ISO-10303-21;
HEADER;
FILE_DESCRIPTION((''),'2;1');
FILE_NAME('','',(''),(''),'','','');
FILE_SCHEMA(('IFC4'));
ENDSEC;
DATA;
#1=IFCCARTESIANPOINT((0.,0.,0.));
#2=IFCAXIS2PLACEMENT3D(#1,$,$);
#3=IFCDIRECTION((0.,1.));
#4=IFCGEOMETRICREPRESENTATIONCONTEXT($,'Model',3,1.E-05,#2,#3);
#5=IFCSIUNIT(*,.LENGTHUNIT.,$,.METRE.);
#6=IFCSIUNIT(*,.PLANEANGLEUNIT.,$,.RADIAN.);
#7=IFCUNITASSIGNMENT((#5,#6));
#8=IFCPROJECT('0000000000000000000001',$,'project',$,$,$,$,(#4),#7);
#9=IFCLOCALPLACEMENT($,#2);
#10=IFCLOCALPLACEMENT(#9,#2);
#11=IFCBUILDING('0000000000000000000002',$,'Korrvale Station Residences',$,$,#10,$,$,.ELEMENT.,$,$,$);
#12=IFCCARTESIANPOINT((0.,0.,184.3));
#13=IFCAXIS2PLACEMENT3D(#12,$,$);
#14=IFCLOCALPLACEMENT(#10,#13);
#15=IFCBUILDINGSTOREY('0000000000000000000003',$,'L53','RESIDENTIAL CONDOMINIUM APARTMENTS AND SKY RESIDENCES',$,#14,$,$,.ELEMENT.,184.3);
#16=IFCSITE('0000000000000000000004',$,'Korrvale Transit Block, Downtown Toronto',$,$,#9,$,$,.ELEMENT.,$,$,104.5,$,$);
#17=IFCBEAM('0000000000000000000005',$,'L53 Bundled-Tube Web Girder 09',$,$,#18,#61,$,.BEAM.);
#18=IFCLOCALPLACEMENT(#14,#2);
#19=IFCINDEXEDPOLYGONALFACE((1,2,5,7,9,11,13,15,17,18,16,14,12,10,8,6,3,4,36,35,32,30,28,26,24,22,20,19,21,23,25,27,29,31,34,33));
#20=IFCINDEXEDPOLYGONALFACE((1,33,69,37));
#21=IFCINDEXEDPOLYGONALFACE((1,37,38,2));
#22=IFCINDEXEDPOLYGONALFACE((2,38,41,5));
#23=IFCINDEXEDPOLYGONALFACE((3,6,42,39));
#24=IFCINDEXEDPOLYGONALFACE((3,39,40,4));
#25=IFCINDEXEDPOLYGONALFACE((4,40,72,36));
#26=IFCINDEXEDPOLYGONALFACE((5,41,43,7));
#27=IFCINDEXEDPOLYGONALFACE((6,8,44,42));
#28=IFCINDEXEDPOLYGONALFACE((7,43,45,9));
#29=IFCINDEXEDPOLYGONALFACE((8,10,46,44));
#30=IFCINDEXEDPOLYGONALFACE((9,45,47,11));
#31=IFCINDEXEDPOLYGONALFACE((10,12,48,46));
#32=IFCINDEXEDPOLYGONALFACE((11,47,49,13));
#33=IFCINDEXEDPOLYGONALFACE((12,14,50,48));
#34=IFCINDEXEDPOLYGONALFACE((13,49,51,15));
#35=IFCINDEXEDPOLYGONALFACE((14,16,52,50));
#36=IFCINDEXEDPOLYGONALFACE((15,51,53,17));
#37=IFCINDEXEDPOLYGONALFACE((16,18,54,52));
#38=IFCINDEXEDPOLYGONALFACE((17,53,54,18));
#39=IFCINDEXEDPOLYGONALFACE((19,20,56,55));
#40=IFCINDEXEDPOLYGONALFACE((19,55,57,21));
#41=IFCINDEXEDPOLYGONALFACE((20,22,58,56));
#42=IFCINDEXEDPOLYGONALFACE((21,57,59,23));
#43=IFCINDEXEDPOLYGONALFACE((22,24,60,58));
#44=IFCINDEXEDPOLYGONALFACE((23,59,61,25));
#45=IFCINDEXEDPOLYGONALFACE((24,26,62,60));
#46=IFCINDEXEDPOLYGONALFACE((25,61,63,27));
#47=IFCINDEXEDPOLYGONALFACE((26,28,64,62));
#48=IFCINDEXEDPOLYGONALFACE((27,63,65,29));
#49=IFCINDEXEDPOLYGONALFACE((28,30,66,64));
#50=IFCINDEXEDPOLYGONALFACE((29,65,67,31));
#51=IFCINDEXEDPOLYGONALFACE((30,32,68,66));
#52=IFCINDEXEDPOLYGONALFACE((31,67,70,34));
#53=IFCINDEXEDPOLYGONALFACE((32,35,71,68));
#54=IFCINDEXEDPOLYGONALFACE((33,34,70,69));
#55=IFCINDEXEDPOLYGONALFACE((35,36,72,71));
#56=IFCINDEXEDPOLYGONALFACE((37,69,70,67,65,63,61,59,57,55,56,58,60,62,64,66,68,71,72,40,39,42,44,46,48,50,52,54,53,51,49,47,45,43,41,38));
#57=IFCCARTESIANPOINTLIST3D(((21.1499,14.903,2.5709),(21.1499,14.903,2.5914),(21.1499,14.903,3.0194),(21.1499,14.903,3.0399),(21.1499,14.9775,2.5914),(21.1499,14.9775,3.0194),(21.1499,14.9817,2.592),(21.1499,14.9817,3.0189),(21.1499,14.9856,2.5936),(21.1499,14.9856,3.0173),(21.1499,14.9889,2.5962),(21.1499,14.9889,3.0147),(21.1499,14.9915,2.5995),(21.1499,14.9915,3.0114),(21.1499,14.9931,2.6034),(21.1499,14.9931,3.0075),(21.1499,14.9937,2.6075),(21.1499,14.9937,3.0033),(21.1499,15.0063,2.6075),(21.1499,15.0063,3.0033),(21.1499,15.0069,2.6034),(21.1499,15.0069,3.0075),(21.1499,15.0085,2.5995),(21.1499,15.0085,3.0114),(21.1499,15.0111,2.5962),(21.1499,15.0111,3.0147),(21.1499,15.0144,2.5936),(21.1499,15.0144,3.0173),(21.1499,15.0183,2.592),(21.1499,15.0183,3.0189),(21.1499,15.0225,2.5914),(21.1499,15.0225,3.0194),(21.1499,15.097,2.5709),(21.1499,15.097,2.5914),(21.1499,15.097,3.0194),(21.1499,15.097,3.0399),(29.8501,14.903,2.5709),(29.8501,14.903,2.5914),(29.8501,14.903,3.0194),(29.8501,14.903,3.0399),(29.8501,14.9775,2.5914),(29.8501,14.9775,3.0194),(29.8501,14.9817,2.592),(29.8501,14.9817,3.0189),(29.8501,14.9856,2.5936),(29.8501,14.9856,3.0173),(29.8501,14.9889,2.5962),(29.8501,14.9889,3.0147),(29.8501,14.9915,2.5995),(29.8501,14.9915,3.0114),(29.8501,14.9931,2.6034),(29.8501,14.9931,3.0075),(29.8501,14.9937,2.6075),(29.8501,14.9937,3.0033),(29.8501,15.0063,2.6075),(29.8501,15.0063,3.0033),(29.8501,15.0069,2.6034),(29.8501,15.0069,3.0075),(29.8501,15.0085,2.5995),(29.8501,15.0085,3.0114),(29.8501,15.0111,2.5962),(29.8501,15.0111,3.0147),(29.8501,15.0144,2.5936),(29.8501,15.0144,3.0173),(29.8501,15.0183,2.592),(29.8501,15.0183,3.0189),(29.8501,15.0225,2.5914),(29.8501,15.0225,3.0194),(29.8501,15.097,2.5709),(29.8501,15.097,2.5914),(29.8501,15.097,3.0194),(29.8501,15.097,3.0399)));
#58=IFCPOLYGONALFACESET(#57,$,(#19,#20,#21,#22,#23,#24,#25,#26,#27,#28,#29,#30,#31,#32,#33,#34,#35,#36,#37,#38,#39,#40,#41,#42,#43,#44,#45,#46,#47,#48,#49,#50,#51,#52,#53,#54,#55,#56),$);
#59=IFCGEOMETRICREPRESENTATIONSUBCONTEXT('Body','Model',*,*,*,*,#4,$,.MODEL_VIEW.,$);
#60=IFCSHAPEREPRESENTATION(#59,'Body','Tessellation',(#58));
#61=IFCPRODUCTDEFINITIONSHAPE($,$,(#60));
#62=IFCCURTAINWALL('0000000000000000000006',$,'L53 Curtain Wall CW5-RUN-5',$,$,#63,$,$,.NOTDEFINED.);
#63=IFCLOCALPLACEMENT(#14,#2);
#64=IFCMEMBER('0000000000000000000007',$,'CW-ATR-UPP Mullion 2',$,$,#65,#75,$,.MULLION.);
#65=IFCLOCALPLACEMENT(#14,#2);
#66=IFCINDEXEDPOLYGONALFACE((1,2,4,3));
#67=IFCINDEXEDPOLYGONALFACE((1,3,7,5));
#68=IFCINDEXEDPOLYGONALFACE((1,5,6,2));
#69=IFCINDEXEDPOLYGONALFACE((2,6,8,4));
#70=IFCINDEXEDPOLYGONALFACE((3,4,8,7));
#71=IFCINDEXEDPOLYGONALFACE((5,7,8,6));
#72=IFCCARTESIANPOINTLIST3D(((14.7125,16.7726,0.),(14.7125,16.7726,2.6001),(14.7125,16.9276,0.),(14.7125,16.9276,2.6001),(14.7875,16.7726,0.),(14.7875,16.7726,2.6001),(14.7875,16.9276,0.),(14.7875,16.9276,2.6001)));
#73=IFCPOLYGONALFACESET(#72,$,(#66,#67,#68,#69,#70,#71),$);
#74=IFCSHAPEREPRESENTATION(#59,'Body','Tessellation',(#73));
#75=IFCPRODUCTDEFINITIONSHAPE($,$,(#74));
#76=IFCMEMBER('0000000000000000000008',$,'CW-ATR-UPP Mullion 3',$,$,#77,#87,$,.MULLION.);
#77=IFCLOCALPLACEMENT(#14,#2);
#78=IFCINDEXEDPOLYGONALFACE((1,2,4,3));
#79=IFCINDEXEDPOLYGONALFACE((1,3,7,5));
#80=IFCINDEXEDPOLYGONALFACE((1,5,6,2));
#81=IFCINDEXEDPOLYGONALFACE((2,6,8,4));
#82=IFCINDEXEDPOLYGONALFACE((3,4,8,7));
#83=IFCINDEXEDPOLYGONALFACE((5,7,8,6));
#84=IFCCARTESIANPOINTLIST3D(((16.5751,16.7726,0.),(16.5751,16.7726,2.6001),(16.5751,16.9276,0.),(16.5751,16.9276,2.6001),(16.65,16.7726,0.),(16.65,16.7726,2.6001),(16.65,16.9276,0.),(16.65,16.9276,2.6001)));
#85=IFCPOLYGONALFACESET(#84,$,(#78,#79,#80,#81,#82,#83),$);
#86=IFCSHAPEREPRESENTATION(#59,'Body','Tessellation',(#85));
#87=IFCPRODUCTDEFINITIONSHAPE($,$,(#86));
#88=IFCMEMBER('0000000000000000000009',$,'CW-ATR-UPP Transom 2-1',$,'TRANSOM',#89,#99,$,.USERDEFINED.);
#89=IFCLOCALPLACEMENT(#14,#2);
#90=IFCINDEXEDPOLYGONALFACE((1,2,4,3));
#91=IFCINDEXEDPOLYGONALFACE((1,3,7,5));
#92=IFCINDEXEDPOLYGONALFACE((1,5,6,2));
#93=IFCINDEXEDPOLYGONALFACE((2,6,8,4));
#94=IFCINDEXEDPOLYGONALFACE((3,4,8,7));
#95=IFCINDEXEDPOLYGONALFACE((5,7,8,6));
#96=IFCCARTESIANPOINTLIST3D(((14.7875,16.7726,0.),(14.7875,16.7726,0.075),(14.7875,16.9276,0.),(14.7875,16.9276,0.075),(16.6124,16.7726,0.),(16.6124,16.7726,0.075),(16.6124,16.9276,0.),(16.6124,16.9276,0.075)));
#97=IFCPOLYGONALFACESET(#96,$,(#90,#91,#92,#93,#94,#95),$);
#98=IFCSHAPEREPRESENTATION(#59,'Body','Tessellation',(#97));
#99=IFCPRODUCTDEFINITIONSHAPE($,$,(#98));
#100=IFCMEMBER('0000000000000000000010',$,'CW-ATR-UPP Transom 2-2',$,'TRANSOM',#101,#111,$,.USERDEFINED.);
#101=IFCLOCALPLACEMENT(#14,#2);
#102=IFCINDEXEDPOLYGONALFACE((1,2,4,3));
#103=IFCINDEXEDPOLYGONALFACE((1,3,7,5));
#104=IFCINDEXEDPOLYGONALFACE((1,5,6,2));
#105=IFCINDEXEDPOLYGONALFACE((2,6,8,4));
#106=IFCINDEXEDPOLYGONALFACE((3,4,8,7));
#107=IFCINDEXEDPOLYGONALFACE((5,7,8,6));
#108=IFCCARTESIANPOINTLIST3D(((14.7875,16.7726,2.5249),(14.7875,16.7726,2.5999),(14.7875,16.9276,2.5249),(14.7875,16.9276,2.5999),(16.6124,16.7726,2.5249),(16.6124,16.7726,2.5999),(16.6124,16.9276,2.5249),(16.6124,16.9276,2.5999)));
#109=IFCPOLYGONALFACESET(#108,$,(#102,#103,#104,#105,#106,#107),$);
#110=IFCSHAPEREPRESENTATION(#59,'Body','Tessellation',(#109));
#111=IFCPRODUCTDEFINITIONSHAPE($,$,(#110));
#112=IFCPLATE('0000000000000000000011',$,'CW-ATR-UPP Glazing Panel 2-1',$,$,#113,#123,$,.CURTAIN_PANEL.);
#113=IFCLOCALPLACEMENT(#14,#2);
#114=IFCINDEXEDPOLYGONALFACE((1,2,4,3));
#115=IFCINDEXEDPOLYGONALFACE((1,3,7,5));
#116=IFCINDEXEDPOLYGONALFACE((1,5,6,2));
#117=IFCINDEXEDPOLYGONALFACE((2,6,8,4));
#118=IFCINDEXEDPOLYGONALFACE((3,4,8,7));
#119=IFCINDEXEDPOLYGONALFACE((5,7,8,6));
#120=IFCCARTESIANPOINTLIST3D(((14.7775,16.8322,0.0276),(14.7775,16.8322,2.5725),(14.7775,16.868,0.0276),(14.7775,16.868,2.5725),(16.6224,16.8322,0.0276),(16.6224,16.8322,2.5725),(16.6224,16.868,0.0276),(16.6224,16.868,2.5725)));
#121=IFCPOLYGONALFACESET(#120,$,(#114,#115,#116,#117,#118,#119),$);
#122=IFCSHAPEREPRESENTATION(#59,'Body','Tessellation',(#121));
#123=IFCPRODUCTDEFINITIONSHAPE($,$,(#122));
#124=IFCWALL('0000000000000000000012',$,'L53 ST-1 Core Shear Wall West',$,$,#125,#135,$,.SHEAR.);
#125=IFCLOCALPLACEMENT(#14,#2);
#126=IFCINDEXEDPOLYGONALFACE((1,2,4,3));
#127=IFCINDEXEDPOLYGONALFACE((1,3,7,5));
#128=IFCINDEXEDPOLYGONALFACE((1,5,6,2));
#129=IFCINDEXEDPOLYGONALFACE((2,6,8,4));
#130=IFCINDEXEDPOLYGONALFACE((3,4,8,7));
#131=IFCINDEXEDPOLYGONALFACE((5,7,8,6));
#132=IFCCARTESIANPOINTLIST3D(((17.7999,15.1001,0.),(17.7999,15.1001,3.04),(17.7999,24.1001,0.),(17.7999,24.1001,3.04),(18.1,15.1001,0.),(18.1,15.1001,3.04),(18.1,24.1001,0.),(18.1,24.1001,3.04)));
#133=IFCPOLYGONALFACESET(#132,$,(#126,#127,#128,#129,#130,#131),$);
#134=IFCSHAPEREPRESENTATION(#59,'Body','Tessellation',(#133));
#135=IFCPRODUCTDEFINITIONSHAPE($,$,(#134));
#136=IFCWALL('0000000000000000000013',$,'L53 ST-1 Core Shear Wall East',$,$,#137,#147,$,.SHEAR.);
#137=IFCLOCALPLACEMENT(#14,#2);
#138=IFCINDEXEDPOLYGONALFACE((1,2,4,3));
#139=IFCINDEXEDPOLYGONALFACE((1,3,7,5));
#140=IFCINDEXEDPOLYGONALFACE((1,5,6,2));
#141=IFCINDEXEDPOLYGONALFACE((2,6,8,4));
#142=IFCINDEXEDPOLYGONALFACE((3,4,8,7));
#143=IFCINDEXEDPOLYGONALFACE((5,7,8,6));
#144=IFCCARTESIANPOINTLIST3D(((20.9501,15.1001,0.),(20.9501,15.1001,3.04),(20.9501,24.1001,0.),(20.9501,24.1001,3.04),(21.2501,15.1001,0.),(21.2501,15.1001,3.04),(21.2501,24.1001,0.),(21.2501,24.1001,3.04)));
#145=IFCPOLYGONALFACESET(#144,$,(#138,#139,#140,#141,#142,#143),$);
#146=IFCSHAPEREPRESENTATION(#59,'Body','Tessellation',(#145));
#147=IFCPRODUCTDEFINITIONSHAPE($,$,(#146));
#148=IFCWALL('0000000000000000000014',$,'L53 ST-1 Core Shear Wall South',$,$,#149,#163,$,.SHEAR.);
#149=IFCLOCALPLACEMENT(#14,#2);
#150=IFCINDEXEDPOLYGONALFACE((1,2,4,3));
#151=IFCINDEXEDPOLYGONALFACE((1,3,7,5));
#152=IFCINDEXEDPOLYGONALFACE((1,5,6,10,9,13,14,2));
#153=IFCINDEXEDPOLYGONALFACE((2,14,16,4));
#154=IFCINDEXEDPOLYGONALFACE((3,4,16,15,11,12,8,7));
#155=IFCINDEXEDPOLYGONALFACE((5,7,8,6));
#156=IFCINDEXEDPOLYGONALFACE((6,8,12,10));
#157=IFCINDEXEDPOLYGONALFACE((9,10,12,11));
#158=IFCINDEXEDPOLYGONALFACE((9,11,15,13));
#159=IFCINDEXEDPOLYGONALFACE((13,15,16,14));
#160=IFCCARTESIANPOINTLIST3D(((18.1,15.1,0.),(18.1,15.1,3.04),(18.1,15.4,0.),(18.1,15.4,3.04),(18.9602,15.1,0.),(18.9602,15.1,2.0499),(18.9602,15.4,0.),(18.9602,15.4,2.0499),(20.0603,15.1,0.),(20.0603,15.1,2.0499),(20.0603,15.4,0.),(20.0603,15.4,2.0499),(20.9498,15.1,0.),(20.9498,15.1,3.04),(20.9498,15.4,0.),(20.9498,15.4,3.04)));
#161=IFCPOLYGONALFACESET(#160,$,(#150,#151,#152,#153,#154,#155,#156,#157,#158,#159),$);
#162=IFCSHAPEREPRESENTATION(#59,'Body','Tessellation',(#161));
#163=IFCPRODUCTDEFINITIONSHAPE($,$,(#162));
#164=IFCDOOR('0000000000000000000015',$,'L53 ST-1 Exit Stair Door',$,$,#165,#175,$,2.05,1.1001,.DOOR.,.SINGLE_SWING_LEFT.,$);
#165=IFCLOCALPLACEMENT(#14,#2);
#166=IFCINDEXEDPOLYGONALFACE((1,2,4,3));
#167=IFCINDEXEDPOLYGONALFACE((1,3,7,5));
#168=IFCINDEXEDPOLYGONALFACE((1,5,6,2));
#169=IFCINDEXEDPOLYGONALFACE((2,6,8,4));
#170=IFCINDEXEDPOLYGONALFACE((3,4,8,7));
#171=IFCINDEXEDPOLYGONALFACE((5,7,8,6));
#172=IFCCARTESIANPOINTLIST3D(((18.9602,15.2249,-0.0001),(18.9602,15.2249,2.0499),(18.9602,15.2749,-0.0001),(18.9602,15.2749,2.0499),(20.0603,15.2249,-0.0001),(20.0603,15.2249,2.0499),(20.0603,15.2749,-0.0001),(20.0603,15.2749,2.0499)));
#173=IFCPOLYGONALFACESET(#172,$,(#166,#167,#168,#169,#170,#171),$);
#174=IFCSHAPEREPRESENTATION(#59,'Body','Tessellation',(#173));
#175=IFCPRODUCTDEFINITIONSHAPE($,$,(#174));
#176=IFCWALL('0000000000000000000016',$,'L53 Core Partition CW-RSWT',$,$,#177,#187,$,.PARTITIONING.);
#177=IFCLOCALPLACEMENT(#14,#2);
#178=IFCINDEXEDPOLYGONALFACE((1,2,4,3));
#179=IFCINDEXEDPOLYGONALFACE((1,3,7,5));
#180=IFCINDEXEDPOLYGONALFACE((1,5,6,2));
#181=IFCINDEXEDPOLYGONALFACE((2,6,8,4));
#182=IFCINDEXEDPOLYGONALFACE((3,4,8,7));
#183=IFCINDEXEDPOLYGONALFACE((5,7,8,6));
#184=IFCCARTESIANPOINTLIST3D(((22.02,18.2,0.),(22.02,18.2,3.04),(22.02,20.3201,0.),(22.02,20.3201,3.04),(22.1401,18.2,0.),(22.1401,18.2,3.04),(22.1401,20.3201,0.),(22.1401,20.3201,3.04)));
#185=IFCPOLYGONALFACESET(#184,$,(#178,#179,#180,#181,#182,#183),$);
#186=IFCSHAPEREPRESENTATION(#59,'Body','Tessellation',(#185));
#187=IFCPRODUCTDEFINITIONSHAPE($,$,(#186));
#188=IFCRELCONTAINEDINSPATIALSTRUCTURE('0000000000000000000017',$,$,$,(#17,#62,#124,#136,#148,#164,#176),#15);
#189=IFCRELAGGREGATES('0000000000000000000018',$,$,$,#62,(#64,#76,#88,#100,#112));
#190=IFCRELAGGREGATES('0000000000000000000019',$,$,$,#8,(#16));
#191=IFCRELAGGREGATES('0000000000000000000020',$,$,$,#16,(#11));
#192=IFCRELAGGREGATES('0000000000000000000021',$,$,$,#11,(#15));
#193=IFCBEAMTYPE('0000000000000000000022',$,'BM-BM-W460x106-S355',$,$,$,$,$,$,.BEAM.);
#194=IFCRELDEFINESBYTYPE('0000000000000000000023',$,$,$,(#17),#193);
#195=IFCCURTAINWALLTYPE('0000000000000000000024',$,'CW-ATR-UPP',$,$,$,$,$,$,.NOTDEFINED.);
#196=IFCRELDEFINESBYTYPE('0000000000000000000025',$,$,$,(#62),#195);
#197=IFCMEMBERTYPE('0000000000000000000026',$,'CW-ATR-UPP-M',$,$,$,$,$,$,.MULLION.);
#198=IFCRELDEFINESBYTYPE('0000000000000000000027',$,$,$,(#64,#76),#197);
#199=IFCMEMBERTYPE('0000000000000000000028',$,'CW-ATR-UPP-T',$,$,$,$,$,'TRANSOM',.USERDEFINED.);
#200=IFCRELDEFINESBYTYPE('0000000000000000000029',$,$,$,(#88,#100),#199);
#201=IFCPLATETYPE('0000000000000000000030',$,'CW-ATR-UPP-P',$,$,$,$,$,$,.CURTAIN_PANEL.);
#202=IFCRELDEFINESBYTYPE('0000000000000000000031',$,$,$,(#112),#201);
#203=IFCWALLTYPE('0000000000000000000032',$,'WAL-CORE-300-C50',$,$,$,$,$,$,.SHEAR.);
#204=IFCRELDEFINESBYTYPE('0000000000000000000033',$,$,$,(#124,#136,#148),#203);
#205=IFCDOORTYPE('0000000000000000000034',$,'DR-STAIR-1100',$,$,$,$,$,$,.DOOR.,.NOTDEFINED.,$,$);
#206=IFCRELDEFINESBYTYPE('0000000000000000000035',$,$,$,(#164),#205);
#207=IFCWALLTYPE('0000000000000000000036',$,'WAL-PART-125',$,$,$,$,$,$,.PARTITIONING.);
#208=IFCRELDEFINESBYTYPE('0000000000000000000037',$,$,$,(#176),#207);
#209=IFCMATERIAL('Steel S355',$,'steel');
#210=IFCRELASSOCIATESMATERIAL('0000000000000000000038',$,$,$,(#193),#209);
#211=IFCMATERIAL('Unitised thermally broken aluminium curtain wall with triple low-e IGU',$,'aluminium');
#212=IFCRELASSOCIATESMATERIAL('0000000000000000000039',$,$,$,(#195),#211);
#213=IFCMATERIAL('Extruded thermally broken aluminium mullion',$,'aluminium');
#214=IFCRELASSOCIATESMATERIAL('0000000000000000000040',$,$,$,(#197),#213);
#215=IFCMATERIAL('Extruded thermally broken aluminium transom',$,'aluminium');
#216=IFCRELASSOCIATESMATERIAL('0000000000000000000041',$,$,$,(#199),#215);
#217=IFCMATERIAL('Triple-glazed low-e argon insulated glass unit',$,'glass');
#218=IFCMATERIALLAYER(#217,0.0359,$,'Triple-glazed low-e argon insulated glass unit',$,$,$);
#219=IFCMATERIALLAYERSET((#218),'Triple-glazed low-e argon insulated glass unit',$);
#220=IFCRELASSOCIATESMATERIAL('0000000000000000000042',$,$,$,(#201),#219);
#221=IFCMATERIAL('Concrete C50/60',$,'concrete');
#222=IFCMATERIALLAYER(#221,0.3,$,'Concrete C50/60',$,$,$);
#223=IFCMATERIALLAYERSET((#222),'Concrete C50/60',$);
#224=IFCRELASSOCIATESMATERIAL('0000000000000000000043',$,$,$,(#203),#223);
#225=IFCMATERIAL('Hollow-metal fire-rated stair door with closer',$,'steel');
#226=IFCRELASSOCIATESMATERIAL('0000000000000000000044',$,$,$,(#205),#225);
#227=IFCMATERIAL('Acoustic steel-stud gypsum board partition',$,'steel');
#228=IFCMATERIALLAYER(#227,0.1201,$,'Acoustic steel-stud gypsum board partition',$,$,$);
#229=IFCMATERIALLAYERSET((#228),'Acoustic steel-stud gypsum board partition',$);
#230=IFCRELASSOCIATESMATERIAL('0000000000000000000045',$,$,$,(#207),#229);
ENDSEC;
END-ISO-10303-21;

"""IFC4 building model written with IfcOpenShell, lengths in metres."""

from ifc_helpers import new_model, si_unit, direction, frame, frame_2d, origin, origin_2d, place, context, subcontext, project, spatial, rectangle, i_section, extrude, material, layer, layer_set, material_profile, profile_set, type_object, element, fill, aggregate, save


model = new_model("IFC4")

# Units and contexts
model_context = context("Model", 3, precision=1e-05, world=origin(), true_north=direction((0.0, 1.0)))
body_context = subcontext(model_context, "Body", "Model", "MODEL_VIEW")
ifc_project = project(units=[si_unit("LENGTHUNIT", "METRE"), si_unit("PLANEANGLEUNIT", "RADIAN")], contexts=[model_context])

# Site, building, storey
site_placement = place(None, origin())
site = spatial("IfcSite", under=ifc_project, at=site_placement, Name="Korrvale Transit Block, Downtown Toronto", CompositionType="ELEMENT", RefElevation=104.5)
building_placement = place(site_placement, origin())
building = spatial("IfcBuilding", under=site, at=building_placement, Name="Korrvale Station Residences", CompositionType="ELEMENT")
storey_placement = place(building_placement, frame((0.0, 0.0, 184.3)))
storey = spatial("IfcBuildingStorey", under=building, at=storey_placement, Name="L53", Description="RESIDENTIAL CONDOMINIUM APARTMENTS AND SKY RESIDENCES", CompositionType="ELEMENT", Elevation=184.3)

# Beam
ifc_material_1 = material(Name="Steel S355", Category="steel")
ifc_material_profile = material_profile(ifc_material_1, i_section(OverallWidth=0.1941, OverallDepth=0.469, WebThickness=0.0127, FlangeThickness=0.0205, FilletRadius=0.0161, at=origin_2d()), Name="W460x106")
ifc_profile_set = profile_set([ifc_material_profile], Name="Steel S355")
beam_type = type_object("IfcBeamType", Name="BM-BM-W460x106-S355", PredefinedType="BEAM", material=ifc_profile_set)
beam_placement = place(storey_placement, frame((21.1499, 15.0, 2.8054), z_axis=(1.0, 0.0, 0.0), x_axis=(0.0, 1.0, 0.0)))
element("IfcBeam", 1, at=beam_placement, inside=storey, type_object=beam_type, Name="L53 Bundled-Tube Web Girder 09", PredefinedType="BEAM", context=body_context, shape_type="SweptSolid", body=[
    extrude(i_section(OverallWidth=0.1941, OverallDepth=0.469, WebThickness=0.0127, FlangeThickness=0.0205, FilletRadius=0.0161, at=origin_2d()), origin(), (0.0, 0.0, 1.0), 8.7002),
])

# Curtain wall, members, plate
ifc_material_2 = material(Name="Unitised thermally broken aluminium curtain wall with triple low-e IGU", Category="aluminium")
curtain_wall_type = type_object("IfcCurtainWallType", Name="CW-ATR-UPP", PredefinedType="NOTDEFINED", material=ifc_material_2)
curtain_wall_placement = place(storey_placement, origin())
curtain_wall = element("IfcCurtainWall", 2, at=curtain_wall_placement, inside=storey, type_object=curtain_wall_type, Name="L53 Curtain Wall CW5-RUN-5", PredefinedType="NOTDEFINED")
ifc_material_3 = material(Name="Extruded thermally broken aluminium mullion", Category="aluminium")
member_type_1 = type_object("IfcMemberType", Name="CW-ATR-UPP-M", PredefinedType="MULLION", material=ifc_material_3)
member_1_placement = place(storey_placement, frame((14.75, 16.8501, 0.0), z_axis=(0.0, 0.0, 1.0), x_axis=(1.0, 0.0, 0.0)))
member_1 = element("IfcMember", 3, at=member_1_placement, type_object=member_type_1, Name="CW-ATR-UPP Mullion 2", PredefinedType="MULLION", context=body_context, shape_type="SweptSolid", body=[
    extrude(rectangle(XDim=0.075, YDim=0.155, at=origin_2d()), origin(), (0.0, 0.0, 1.0), 2.6001),
])
member_2_placement = place(storey_placement, frame((16.6125, 16.8501, 0.0), z_axis=(0.0, 0.0, 1.0), x_axis=(1.0, 0.0, 0.0)))
member_2 = element("IfcMember", 4, at=member_2_placement, type_object=member_type_1, Name="CW-ATR-UPP Mullion 3", PredefinedType="MULLION", context=body_context, shape_type="SweptSolid", body=[
    extrude(rectangle(XDim=0.075, YDim=0.155, at=origin_2d()), origin(), (0.0, 0.0, 1.0), 2.6001),
])
ifc_material_4 = material(Name="Extruded thermally broken aluminium transom", Category="aluminium")
member_type_2 = type_object("IfcMemberType", Name="CW-ATR-UPP-T", ElementType="TRANSOM", PredefinedType="USERDEFINED", material=ifc_material_4)
member_3_placement = place(storey_placement, frame((15.7, 16.8501, 0.0), z_axis=(0.0, 0.0, 1.0), x_axis=(1.0, 0.0, 0.0)))
member_3 = element("IfcMember", 5, at=member_3_placement, type_object=member_type_2, Name="CW-ATR-UPP Transom 2-1", ObjectType="TRANSOM", PredefinedType="USERDEFINED", context=body_context, shape_type="SweptSolid", body=[
    extrude(rectangle(XDim=1.825, YDim=0.155, at=origin_2d()), origin(), (0.0, 0.0, 1.0), 0.075),
])
member_4_placement = place(storey_placement, frame((15.7, 16.8501, 2.5249), z_axis=(0.0, 0.0, 1.0), x_axis=(1.0, 0.0, 0.0)))
member_4 = element("IfcMember", 6, at=member_4_placement, type_object=member_type_2, Name="CW-ATR-UPP Transom 2-2", ObjectType="TRANSOM", PredefinedType="USERDEFINED", context=body_context, shape_type="SweptSolid", body=[
    extrude(rectangle(XDim=1.825, YDim=0.155, at=origin_2d()), origin(), (0.0, 0.0, 1.0), 0.075),
])
ifc_material_5 = material(Name="Triple-glazed low-e argon insulated glass unit", Category="glass")
ifc_layer_1 = layer(ifc_material_5, 0.0359, Name="Triple-glazed low-e argon insulated glass unit")
ifc_layer_set_1 = layer_set([ifc_layer_1], Name="Triple-glazed low-e argon insulated glass unit")
plate_type = type_object("IfcPlateType", Name="CW-ATR-UPP-P", PredefinedType="CURTAIN_PANEL", material=ifc_layer_set_1)
plate_placement = place(storey_placement, frame((15.7, 16.8501, 0.0276), z_axis=(0.0, 0.0, 1.0), x_axis=(1.0, 0.0, 0.0)))
plate = element("IfcPlate", 7, at=plate_placement, type_object=plate_type, Name="CW-ATR-UPP Glazing Panel 2-1", PredefinedType="CURTAIN_PANEL", context=body_context, shape_type="SweptSolid", body=[
    extrude(rectangle(XDim=1.845, YDim=0.0359, at=origin_2d()), origin(), (0.0, 0.0, 1.0), 2.5449),
])
aggregate(curtain_wall, [member_1, member_2, member_3, member_4, plate])

# Walls
ifc_material_6 = material(Name="Concrete C50/60", Category="concrete")
ifc_layer_2 = layer(ifc_material_6, 0.3, Name="Concrete C50/60")
ifc_layer_set_2 = layer_set([ifc_layer_2], Name="Concrete C50/60")
wall_type_1 = type_object("IfcWallType", Name="WAL-CORE-300-C50", PredefinedType="SHEAR", material=ifc_layer_set_2)
for number, where, z_axis, x_axis, name in (
    (8, (17.95, 15.1001, 0.0), (0.0, 0.0, 1.0), (0.0, 1.0, 0.0), "L53 ST-1 Core Shear Wall West"),
    (9, (21.1001, 15.1001, 0.0), (0.0, 0.0, 1.0), (0.0, 1.0, 0.0), "L53 ST-1 Core Shear Wall East"),
):
    element("IfcWall", number, at=place(storey_placement, frame(where, z_axis=z_axis, x_axis=x_axis)), inside=storey, type_object=wall_type_1, Name=name, PredefinedType="SHEAR", context=body_context, shape_type="SweptSolid", body=[
        extrude(rectangle(XDim=9.0, YDim=0.3, at=frame_2d((4.5, 0.0))), origin(), (0.0, 0.0, 1.0), 3.04),
    ])

# Wall, opening, door
wall_1_placement = place(storey_placement, frame((18.1001, 15.25, 0.0), z_axis=(0.0, 0.0, 1.0), x_axis=(1.0, 0.0, 0.0)))
wall_1 = element("IfcWall", 10, at=wall_1_placement, inside=storey, type_object=wall_type_1, Name="L53 ST-1 Core Shear Wall South", PredefinedType="SHEAR", context=body_context, shape_type="SweptSolid", body=[
    extrude(rectangle(XDim=2.8499, YDim=0.3, at=frame_2d((1.4248, 0.0))), origin(), (0.0, 0.0, 1.0), 3.04),
])
opening_1_placement = place(wall_1_placement, frame((0.8601, 0.0, 0.0)))
opening_1 = element("IfcOpeningElement", 11, at=opening_1_placement, cuts=wall_1, PredefinedType="OPENING", context=body_context, shape_type="SweptSolid", body=[
    extrude(rectangle(XDim=1.1001, YDim=2.05, at=frame_2d((0.55, 1.0249))), frame((0.0, 0.1602, 0.0), z_axis=(0.0, -1.0, 0.0), x_axis=(1.0, 0.0, 0.0)), (0.0, 0.0, 1.0), 0.3201),
])
ifc_material_7 = material(Name="Hollow-metal fire-rated stair door with closer", Category="steel")
door_type_1 = type_object("IfcDoorType", Name="DR-STAIR-1100", OperationType="NOTDEFINED", PredefinedType="DOOR", material=ifc_material_7)
door_1_placement = place(opening_1_placement, origin())
door_1 = element("IfcDoor", 12, at=door_1_placement, inside=storey, type_object=door_type_1, Name="L53 ST-1 Exit Stair Door", OperationType="SINGLE_SWING_LEFT", OverallHeight=2.05, OverallWidth=1.1001, PredefinedType="DOOR", context=body_context, shape_type="SweptSolid", body=[
    extrude(rectangle(XDim=1.1001, YDim=2.05, at=frame_2d((0.55, 1.0249))), frame((0.0, 0.0249, 0.0), z_axis=(0.0, -1.0, 0.0), x_axis=(1.0, 0.0, 0.0)), (0.0, 0.0, 1.0), 0.05),
])
fill(opening_1, door_1)

# Wall
ifc_material_8 = material(Name="Acoustic steel-stud gypsum board partition", Category="steel")
ifc_layer_3 = layer(ifc_material_8, 0.1201, Name="Acoustic steel-stud gypsum board partition")
ifc_layer_set_3 = layer_set([ifc_layer_3], Name="Acoustic steel-stud gypsum board partition")
wall_type_2 = type_object("IfcWallType", Name="WAL-PART-125", PredefinedType="PARTITIONING", material=ifc_layer_set_3)
wall_2_placement = place(storey_placement, frame((22.0801, 18.2, 0.0), z_axis=(0.0, 0.0, 1.0), x_axis=(0.0, 1.0, 0.0)))
element("IfcWall", 13, at=wall_2_placement, inside=storey, type_object=wall_type_2, Name="L53 Core Partition CW-RSWT", PredefinedType="PARTITIONING", context=body_context, shape_type="SweptSolid", body=[
    extrude(rectangle(XDim=2.1201, YDim=0.1201, at=frame_2d((1.0601, 0.0))), origin(), (0.0, 0.0, 1.0), 3.04),
])

save(model, "model.ifc")
